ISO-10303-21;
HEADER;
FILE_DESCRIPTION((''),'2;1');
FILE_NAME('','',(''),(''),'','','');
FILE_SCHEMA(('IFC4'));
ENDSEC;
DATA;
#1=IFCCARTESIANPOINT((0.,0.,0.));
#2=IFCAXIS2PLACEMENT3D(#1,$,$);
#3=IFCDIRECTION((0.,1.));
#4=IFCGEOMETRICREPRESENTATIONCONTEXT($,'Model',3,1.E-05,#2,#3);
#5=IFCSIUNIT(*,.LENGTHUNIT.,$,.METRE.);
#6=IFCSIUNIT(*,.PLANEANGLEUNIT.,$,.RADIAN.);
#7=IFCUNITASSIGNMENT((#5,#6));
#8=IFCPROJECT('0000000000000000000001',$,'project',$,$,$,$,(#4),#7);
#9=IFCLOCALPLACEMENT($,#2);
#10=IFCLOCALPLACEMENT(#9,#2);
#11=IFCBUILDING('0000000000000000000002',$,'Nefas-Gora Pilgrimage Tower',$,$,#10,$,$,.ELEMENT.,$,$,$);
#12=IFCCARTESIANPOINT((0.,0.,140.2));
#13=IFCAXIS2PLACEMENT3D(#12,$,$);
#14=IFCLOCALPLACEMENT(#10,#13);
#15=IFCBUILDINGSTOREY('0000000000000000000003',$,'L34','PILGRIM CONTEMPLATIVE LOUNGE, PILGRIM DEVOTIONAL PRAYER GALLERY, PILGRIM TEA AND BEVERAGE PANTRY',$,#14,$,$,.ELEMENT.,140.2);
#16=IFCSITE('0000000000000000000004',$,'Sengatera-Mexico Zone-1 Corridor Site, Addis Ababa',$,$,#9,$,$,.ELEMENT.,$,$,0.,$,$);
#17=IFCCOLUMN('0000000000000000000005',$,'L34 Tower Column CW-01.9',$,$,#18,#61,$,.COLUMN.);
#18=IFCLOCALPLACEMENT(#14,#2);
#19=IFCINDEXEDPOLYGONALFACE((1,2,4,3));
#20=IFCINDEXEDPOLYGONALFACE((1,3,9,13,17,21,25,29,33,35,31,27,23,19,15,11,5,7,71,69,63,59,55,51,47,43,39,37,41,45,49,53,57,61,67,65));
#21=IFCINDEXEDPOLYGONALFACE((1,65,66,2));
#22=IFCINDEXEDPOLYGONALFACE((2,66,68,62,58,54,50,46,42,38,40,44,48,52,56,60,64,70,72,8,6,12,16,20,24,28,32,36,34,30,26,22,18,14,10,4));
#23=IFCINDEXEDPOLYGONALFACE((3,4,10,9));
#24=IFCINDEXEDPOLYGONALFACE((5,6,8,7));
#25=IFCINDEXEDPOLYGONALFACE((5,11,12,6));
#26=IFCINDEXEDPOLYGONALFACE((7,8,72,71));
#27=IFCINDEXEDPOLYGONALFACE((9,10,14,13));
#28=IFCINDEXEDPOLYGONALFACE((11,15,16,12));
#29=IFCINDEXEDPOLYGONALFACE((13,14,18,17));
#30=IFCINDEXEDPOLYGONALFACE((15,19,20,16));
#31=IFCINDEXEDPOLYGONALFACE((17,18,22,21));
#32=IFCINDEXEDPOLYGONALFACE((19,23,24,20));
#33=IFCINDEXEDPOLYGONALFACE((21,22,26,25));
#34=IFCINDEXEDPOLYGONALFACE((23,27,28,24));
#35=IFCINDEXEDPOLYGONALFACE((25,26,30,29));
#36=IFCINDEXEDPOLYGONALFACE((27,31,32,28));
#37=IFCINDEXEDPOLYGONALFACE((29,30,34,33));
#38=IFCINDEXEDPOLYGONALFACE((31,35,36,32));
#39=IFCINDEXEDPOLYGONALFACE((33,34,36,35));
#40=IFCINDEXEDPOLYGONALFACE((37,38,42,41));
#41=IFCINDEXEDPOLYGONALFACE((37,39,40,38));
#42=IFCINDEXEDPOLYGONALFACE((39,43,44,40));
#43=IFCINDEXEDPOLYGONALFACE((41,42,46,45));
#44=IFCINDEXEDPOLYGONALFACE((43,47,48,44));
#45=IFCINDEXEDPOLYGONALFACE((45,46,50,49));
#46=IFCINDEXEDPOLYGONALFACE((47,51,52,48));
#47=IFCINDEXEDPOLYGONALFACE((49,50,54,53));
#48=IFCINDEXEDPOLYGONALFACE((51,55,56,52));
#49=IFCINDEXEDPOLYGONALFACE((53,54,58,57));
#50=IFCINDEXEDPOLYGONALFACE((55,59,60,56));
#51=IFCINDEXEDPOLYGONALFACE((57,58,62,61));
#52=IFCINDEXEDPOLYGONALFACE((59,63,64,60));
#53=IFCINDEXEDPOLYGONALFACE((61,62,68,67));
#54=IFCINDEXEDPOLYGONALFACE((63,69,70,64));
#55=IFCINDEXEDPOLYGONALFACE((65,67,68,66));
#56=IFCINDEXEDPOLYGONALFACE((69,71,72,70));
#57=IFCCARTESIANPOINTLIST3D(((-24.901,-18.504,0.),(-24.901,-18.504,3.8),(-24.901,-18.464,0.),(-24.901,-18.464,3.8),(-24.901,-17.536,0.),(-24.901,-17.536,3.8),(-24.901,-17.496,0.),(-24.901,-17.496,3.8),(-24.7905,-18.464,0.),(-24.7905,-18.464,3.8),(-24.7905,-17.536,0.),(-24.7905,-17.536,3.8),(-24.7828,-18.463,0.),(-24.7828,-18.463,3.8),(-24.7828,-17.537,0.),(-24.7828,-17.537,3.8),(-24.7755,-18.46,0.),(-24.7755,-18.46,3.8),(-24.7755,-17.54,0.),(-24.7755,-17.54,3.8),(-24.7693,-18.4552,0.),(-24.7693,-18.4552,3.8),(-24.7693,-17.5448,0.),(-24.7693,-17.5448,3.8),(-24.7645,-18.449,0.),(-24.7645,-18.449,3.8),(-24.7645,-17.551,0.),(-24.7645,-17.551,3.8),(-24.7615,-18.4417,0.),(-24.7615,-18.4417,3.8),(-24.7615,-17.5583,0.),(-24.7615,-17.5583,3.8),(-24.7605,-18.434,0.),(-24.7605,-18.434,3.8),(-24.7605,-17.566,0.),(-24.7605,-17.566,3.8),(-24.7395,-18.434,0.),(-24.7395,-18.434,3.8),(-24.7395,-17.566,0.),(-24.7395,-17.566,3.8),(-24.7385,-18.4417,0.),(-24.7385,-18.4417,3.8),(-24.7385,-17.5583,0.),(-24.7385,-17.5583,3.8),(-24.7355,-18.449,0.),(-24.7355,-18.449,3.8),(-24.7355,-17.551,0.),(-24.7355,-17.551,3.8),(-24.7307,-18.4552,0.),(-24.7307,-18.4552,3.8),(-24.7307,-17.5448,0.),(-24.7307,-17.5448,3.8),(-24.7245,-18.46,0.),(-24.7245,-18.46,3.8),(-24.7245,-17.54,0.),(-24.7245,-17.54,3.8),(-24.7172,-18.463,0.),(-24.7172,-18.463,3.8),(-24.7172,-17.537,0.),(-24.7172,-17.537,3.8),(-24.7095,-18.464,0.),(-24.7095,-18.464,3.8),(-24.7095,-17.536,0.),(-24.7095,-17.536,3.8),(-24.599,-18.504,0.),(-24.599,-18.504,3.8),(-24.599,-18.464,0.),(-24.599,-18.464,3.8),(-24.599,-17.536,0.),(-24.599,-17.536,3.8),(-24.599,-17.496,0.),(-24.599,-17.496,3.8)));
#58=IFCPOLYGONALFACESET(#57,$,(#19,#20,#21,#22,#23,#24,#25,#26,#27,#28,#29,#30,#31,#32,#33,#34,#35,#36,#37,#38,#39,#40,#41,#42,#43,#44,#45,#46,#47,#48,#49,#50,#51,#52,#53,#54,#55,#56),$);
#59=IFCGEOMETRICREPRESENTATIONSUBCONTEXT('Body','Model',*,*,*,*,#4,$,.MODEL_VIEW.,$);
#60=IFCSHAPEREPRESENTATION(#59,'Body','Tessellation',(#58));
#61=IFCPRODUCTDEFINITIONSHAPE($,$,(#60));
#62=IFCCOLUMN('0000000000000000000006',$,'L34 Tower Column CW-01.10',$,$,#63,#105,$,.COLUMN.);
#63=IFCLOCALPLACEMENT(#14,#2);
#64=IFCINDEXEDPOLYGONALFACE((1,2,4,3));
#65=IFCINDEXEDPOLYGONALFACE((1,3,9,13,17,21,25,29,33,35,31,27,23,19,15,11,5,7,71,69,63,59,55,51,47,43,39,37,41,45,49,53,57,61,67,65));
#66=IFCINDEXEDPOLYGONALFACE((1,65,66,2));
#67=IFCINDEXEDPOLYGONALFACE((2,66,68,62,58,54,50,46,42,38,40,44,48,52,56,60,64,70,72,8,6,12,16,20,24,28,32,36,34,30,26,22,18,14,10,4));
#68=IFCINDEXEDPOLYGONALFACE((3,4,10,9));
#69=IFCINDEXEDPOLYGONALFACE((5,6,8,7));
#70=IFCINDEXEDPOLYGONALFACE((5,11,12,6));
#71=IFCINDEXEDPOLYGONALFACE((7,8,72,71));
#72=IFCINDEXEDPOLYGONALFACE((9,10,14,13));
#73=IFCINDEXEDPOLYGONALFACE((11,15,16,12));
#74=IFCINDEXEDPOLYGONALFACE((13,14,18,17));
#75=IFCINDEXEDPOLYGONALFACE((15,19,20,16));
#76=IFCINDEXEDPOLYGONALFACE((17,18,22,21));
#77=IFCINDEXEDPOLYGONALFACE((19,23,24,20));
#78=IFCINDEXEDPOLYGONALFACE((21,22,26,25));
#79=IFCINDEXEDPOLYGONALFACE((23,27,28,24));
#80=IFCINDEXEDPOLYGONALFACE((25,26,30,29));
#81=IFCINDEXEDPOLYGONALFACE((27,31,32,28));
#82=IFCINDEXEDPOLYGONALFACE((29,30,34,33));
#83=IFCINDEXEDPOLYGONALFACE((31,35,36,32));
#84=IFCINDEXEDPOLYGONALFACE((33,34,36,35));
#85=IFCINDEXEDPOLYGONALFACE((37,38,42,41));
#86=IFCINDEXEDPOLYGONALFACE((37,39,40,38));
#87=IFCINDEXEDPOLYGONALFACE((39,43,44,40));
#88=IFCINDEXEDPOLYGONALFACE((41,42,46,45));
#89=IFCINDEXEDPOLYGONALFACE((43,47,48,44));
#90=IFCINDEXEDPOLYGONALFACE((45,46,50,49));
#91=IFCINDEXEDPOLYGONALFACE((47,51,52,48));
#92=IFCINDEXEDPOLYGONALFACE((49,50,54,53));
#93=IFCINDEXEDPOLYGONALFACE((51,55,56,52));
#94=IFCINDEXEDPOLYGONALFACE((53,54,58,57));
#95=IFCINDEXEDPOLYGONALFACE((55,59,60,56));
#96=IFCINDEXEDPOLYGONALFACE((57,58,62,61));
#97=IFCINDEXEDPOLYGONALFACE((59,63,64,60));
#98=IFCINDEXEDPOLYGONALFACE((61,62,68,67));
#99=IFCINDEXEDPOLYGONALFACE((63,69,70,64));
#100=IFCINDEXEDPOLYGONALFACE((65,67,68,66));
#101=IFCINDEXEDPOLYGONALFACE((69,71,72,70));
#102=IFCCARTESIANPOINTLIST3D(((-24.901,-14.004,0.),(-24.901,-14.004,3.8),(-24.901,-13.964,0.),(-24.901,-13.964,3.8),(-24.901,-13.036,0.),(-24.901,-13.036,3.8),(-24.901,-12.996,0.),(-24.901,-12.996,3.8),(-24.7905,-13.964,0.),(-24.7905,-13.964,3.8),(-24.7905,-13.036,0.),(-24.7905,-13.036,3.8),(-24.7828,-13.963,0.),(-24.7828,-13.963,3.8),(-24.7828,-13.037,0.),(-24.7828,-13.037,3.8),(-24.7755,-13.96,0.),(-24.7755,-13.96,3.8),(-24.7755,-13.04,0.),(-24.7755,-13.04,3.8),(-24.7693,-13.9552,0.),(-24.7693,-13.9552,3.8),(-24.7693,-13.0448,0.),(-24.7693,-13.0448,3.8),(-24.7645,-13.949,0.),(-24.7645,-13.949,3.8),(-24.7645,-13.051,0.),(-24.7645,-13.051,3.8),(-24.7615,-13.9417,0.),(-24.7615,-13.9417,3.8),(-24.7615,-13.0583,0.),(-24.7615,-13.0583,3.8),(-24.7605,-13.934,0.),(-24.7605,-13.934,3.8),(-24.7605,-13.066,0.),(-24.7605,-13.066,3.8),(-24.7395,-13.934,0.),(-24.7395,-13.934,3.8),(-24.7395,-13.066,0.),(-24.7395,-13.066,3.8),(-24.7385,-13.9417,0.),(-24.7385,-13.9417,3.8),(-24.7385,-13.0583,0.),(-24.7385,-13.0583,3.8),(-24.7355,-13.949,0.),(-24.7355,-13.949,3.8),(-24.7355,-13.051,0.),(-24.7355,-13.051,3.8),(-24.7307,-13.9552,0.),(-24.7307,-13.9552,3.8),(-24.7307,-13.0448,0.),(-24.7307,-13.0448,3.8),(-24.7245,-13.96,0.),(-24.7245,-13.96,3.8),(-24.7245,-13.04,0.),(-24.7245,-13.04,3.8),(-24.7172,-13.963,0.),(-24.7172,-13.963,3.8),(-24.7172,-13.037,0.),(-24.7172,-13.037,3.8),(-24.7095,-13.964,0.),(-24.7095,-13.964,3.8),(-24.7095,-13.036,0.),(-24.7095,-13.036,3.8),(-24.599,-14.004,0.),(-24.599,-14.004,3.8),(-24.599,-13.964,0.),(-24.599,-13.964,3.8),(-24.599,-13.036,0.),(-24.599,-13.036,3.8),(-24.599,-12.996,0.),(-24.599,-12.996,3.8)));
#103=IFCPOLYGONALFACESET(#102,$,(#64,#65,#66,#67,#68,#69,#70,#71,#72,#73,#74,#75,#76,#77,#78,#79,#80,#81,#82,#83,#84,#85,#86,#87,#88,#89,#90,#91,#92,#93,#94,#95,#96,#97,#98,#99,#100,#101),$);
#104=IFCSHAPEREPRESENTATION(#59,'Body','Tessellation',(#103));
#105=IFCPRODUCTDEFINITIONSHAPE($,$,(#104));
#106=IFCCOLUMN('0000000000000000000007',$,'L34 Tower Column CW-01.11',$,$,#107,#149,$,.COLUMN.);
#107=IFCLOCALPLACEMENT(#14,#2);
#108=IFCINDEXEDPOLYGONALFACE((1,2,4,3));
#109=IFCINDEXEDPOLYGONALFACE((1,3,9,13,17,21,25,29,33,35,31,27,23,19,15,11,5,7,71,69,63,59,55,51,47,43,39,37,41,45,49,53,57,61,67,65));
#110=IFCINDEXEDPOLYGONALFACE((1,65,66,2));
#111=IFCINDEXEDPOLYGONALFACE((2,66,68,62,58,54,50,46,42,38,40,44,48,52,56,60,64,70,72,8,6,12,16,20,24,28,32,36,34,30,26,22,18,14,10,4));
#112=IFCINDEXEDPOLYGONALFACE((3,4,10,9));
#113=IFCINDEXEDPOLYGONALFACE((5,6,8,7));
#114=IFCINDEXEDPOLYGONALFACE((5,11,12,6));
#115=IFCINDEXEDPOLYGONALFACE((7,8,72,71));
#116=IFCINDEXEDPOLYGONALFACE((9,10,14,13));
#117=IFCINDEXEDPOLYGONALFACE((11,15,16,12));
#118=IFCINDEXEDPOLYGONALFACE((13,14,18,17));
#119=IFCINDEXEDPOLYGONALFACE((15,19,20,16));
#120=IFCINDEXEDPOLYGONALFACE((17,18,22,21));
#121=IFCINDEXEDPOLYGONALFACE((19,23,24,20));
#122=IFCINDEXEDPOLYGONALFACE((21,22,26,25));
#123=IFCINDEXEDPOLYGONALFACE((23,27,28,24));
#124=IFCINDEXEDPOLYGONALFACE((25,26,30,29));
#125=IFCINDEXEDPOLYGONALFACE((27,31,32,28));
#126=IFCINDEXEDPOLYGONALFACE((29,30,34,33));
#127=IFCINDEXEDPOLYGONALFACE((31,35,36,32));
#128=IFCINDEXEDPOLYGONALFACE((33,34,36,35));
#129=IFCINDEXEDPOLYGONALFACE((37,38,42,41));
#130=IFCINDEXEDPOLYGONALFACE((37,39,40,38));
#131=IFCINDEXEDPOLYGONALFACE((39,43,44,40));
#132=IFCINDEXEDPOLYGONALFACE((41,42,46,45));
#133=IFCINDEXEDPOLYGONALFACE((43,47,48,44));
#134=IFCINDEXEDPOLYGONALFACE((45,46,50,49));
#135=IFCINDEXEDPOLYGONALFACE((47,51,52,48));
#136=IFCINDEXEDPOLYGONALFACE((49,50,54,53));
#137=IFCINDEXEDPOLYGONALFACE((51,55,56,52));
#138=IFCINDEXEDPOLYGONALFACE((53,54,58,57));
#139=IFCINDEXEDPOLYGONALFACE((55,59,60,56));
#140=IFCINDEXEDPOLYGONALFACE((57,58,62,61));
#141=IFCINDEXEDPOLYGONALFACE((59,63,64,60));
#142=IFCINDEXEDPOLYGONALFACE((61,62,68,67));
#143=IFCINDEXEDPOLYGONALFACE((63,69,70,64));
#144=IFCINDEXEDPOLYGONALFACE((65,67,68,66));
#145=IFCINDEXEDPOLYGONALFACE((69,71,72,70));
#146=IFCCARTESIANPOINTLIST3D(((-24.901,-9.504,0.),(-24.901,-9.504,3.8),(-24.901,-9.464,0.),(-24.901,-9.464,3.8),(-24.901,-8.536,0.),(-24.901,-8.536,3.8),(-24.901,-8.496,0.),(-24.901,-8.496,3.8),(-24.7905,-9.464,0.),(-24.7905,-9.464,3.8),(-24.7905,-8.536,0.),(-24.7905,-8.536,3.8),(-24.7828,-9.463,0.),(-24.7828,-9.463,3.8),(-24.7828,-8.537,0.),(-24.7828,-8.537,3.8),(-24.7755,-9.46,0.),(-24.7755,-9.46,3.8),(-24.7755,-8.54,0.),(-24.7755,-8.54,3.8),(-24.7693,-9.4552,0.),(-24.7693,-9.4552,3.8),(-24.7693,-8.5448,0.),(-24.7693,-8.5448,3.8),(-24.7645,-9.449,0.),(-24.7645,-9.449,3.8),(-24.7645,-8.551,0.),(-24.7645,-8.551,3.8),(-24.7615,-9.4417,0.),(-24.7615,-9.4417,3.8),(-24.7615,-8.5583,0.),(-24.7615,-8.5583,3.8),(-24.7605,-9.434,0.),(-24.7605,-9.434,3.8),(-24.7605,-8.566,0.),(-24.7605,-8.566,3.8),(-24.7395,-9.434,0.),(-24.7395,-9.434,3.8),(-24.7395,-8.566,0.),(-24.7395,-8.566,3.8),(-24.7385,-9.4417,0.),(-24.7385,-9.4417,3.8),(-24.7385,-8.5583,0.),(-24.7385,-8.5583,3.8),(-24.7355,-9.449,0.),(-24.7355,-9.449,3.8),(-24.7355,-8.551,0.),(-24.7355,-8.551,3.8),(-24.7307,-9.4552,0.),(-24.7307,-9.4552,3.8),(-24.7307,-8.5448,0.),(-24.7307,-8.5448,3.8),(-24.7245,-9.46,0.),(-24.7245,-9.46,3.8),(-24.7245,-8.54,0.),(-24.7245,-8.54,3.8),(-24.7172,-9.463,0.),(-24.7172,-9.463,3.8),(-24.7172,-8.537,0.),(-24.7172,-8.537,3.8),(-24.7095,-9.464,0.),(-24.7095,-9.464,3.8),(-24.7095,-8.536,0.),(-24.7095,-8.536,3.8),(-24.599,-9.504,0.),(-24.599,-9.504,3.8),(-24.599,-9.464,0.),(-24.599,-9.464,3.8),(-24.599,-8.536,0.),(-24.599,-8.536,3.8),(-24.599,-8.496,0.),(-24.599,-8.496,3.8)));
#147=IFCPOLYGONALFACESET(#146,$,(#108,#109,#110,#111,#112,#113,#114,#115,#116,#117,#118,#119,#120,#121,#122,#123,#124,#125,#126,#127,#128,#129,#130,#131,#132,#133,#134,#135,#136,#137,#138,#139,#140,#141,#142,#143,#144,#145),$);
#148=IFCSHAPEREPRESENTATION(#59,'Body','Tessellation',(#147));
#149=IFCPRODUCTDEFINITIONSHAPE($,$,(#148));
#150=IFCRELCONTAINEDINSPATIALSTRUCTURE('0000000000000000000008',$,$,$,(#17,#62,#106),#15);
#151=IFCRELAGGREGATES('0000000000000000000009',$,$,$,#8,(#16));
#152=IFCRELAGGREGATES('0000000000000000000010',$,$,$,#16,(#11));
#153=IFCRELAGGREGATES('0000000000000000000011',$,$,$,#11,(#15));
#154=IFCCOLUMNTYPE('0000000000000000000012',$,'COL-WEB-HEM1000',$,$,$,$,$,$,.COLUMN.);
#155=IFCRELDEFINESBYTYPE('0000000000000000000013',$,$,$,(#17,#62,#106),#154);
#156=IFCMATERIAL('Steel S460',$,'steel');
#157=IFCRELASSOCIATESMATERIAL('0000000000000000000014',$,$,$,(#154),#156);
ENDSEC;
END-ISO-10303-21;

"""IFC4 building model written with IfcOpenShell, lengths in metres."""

from ifc_helpers import new_model, si_unit, direction, frame, origin, origin_2d, place, context, subcontext, project, spatial, i_section, extrude, source, transform, mapped, material, material_profile, profile_set, type_object, element, save


model = new_model("IFC4")

# Units and contexts
model_context = context("Model", 3, precision=1e-05, world=origin(), true_north=direction((0.0, 1.0)))
body_context = subcontext(model_context, "Body", "Model", "MODEL_VIEW")
ifc_project = project(units=[si_unit("LENGTHUNIT", "METRE"), si_unit("PLANEANGLEUNIT", "RADIAN")], contexts=[model_context])

# Site, building, storey
site_placement = place(None, origin())
site = spatial("IfcSite", under=ifc_project, at=site_placement, Name="Sengatera-Mexico Zone-1 Corridor Site, Addis Ababa", CompositionType="ELEMENT", RefElevation=0.0)
building_placement = place(site_placement, origin())
building = spatial("IfcBuilding", under=site, at=building_placement, Name="Nefas-Gora Pilgrimage Tower", CompositionType="ELEMENT")
storey_placement = place(building_placement, frame((0.0, 0.0, 140.2)))
storey = spatial("IfcBuildingStorey", under=building, at=storey_placement, Name="L34", Description="PILGRIM CONTEMPLATIVE LOUNGE, PILGRIM DEVOTIONAL PRAYER GALLERY, PILGRIM TEA AND BEVERAGE PANTRY", CompositionType="ELEMENT", Elevation=140.2)

# Columns
ifc_material_1 = material(Name="Steel S460", Category="steel")
ifc_material_profile_1 = material_profile(ifc_material_1, i_section(OverallWidth=0.302, OverallDepth=1.0081, WebThickness=0.021, FlangeThickness=0.04, FilletRadius=0.03, at=origin_2d()), Name="HEM 1000")
ifc_profile_set_1 = profile_set([ifc_material_profile_1], Name="Steel S460")
column_type_1 = type_object("IfcColumnType", Name="COL-WEB-HEM1000", PredefinedType="COLUMN", material=ifc_profile_set_1)
shared_shape_1 = source(origin(), body_context, "Body", "SweptSolid", [
    extrude(i_section(OverallWidth=0.302, OverallDepth=1.0081, WebThickness=0.021, FlangeThickness=0.04, FilletRadius=0.03, at=origin_2d()), origin(), (0.0, 0.0, 1.0), 3.8),
])
for number, where, z_axis, x_axis, name in (
    (1, (-24.75, -18.0, 0.0), (0.0, 0.0, 1.0), (1.0, 0.0, 0.0), "L34 Tower Column CW-01.9"),
    (2, (-24.75, -13.5, 0.0), (0.0, 0.0, 1.0), (1.0, 0.0, 0.0), "L34 Tower Column CW-01.10"),
    (3, (-24.75, -9.0, 0.0), (0.0, 0.0, 1.0), (1.0, 0.0, 0.0), "L34 Tower Column CW-01.11"),
):
    element("IfcColumn", number, at=place(storey_placement, frame(where, z_axis=z_axis, x_axis=x_axis)), inside=storey, type_object=column_type_1, Name=name, PredefinedType="COLUMN", context=body_context, shape_type="MappedRepresentation", body=[
        mapped(shared_shape_1, transform((0.0, 0.0, 0.0), x_axis=(1.0, 0.0, 0.0), y_axis=(0.0, 1.0, 0.0), z_axis=(0.0, 0.0, 1.0), scale=1.0)),
    ])

save(model, "model.ifc")
